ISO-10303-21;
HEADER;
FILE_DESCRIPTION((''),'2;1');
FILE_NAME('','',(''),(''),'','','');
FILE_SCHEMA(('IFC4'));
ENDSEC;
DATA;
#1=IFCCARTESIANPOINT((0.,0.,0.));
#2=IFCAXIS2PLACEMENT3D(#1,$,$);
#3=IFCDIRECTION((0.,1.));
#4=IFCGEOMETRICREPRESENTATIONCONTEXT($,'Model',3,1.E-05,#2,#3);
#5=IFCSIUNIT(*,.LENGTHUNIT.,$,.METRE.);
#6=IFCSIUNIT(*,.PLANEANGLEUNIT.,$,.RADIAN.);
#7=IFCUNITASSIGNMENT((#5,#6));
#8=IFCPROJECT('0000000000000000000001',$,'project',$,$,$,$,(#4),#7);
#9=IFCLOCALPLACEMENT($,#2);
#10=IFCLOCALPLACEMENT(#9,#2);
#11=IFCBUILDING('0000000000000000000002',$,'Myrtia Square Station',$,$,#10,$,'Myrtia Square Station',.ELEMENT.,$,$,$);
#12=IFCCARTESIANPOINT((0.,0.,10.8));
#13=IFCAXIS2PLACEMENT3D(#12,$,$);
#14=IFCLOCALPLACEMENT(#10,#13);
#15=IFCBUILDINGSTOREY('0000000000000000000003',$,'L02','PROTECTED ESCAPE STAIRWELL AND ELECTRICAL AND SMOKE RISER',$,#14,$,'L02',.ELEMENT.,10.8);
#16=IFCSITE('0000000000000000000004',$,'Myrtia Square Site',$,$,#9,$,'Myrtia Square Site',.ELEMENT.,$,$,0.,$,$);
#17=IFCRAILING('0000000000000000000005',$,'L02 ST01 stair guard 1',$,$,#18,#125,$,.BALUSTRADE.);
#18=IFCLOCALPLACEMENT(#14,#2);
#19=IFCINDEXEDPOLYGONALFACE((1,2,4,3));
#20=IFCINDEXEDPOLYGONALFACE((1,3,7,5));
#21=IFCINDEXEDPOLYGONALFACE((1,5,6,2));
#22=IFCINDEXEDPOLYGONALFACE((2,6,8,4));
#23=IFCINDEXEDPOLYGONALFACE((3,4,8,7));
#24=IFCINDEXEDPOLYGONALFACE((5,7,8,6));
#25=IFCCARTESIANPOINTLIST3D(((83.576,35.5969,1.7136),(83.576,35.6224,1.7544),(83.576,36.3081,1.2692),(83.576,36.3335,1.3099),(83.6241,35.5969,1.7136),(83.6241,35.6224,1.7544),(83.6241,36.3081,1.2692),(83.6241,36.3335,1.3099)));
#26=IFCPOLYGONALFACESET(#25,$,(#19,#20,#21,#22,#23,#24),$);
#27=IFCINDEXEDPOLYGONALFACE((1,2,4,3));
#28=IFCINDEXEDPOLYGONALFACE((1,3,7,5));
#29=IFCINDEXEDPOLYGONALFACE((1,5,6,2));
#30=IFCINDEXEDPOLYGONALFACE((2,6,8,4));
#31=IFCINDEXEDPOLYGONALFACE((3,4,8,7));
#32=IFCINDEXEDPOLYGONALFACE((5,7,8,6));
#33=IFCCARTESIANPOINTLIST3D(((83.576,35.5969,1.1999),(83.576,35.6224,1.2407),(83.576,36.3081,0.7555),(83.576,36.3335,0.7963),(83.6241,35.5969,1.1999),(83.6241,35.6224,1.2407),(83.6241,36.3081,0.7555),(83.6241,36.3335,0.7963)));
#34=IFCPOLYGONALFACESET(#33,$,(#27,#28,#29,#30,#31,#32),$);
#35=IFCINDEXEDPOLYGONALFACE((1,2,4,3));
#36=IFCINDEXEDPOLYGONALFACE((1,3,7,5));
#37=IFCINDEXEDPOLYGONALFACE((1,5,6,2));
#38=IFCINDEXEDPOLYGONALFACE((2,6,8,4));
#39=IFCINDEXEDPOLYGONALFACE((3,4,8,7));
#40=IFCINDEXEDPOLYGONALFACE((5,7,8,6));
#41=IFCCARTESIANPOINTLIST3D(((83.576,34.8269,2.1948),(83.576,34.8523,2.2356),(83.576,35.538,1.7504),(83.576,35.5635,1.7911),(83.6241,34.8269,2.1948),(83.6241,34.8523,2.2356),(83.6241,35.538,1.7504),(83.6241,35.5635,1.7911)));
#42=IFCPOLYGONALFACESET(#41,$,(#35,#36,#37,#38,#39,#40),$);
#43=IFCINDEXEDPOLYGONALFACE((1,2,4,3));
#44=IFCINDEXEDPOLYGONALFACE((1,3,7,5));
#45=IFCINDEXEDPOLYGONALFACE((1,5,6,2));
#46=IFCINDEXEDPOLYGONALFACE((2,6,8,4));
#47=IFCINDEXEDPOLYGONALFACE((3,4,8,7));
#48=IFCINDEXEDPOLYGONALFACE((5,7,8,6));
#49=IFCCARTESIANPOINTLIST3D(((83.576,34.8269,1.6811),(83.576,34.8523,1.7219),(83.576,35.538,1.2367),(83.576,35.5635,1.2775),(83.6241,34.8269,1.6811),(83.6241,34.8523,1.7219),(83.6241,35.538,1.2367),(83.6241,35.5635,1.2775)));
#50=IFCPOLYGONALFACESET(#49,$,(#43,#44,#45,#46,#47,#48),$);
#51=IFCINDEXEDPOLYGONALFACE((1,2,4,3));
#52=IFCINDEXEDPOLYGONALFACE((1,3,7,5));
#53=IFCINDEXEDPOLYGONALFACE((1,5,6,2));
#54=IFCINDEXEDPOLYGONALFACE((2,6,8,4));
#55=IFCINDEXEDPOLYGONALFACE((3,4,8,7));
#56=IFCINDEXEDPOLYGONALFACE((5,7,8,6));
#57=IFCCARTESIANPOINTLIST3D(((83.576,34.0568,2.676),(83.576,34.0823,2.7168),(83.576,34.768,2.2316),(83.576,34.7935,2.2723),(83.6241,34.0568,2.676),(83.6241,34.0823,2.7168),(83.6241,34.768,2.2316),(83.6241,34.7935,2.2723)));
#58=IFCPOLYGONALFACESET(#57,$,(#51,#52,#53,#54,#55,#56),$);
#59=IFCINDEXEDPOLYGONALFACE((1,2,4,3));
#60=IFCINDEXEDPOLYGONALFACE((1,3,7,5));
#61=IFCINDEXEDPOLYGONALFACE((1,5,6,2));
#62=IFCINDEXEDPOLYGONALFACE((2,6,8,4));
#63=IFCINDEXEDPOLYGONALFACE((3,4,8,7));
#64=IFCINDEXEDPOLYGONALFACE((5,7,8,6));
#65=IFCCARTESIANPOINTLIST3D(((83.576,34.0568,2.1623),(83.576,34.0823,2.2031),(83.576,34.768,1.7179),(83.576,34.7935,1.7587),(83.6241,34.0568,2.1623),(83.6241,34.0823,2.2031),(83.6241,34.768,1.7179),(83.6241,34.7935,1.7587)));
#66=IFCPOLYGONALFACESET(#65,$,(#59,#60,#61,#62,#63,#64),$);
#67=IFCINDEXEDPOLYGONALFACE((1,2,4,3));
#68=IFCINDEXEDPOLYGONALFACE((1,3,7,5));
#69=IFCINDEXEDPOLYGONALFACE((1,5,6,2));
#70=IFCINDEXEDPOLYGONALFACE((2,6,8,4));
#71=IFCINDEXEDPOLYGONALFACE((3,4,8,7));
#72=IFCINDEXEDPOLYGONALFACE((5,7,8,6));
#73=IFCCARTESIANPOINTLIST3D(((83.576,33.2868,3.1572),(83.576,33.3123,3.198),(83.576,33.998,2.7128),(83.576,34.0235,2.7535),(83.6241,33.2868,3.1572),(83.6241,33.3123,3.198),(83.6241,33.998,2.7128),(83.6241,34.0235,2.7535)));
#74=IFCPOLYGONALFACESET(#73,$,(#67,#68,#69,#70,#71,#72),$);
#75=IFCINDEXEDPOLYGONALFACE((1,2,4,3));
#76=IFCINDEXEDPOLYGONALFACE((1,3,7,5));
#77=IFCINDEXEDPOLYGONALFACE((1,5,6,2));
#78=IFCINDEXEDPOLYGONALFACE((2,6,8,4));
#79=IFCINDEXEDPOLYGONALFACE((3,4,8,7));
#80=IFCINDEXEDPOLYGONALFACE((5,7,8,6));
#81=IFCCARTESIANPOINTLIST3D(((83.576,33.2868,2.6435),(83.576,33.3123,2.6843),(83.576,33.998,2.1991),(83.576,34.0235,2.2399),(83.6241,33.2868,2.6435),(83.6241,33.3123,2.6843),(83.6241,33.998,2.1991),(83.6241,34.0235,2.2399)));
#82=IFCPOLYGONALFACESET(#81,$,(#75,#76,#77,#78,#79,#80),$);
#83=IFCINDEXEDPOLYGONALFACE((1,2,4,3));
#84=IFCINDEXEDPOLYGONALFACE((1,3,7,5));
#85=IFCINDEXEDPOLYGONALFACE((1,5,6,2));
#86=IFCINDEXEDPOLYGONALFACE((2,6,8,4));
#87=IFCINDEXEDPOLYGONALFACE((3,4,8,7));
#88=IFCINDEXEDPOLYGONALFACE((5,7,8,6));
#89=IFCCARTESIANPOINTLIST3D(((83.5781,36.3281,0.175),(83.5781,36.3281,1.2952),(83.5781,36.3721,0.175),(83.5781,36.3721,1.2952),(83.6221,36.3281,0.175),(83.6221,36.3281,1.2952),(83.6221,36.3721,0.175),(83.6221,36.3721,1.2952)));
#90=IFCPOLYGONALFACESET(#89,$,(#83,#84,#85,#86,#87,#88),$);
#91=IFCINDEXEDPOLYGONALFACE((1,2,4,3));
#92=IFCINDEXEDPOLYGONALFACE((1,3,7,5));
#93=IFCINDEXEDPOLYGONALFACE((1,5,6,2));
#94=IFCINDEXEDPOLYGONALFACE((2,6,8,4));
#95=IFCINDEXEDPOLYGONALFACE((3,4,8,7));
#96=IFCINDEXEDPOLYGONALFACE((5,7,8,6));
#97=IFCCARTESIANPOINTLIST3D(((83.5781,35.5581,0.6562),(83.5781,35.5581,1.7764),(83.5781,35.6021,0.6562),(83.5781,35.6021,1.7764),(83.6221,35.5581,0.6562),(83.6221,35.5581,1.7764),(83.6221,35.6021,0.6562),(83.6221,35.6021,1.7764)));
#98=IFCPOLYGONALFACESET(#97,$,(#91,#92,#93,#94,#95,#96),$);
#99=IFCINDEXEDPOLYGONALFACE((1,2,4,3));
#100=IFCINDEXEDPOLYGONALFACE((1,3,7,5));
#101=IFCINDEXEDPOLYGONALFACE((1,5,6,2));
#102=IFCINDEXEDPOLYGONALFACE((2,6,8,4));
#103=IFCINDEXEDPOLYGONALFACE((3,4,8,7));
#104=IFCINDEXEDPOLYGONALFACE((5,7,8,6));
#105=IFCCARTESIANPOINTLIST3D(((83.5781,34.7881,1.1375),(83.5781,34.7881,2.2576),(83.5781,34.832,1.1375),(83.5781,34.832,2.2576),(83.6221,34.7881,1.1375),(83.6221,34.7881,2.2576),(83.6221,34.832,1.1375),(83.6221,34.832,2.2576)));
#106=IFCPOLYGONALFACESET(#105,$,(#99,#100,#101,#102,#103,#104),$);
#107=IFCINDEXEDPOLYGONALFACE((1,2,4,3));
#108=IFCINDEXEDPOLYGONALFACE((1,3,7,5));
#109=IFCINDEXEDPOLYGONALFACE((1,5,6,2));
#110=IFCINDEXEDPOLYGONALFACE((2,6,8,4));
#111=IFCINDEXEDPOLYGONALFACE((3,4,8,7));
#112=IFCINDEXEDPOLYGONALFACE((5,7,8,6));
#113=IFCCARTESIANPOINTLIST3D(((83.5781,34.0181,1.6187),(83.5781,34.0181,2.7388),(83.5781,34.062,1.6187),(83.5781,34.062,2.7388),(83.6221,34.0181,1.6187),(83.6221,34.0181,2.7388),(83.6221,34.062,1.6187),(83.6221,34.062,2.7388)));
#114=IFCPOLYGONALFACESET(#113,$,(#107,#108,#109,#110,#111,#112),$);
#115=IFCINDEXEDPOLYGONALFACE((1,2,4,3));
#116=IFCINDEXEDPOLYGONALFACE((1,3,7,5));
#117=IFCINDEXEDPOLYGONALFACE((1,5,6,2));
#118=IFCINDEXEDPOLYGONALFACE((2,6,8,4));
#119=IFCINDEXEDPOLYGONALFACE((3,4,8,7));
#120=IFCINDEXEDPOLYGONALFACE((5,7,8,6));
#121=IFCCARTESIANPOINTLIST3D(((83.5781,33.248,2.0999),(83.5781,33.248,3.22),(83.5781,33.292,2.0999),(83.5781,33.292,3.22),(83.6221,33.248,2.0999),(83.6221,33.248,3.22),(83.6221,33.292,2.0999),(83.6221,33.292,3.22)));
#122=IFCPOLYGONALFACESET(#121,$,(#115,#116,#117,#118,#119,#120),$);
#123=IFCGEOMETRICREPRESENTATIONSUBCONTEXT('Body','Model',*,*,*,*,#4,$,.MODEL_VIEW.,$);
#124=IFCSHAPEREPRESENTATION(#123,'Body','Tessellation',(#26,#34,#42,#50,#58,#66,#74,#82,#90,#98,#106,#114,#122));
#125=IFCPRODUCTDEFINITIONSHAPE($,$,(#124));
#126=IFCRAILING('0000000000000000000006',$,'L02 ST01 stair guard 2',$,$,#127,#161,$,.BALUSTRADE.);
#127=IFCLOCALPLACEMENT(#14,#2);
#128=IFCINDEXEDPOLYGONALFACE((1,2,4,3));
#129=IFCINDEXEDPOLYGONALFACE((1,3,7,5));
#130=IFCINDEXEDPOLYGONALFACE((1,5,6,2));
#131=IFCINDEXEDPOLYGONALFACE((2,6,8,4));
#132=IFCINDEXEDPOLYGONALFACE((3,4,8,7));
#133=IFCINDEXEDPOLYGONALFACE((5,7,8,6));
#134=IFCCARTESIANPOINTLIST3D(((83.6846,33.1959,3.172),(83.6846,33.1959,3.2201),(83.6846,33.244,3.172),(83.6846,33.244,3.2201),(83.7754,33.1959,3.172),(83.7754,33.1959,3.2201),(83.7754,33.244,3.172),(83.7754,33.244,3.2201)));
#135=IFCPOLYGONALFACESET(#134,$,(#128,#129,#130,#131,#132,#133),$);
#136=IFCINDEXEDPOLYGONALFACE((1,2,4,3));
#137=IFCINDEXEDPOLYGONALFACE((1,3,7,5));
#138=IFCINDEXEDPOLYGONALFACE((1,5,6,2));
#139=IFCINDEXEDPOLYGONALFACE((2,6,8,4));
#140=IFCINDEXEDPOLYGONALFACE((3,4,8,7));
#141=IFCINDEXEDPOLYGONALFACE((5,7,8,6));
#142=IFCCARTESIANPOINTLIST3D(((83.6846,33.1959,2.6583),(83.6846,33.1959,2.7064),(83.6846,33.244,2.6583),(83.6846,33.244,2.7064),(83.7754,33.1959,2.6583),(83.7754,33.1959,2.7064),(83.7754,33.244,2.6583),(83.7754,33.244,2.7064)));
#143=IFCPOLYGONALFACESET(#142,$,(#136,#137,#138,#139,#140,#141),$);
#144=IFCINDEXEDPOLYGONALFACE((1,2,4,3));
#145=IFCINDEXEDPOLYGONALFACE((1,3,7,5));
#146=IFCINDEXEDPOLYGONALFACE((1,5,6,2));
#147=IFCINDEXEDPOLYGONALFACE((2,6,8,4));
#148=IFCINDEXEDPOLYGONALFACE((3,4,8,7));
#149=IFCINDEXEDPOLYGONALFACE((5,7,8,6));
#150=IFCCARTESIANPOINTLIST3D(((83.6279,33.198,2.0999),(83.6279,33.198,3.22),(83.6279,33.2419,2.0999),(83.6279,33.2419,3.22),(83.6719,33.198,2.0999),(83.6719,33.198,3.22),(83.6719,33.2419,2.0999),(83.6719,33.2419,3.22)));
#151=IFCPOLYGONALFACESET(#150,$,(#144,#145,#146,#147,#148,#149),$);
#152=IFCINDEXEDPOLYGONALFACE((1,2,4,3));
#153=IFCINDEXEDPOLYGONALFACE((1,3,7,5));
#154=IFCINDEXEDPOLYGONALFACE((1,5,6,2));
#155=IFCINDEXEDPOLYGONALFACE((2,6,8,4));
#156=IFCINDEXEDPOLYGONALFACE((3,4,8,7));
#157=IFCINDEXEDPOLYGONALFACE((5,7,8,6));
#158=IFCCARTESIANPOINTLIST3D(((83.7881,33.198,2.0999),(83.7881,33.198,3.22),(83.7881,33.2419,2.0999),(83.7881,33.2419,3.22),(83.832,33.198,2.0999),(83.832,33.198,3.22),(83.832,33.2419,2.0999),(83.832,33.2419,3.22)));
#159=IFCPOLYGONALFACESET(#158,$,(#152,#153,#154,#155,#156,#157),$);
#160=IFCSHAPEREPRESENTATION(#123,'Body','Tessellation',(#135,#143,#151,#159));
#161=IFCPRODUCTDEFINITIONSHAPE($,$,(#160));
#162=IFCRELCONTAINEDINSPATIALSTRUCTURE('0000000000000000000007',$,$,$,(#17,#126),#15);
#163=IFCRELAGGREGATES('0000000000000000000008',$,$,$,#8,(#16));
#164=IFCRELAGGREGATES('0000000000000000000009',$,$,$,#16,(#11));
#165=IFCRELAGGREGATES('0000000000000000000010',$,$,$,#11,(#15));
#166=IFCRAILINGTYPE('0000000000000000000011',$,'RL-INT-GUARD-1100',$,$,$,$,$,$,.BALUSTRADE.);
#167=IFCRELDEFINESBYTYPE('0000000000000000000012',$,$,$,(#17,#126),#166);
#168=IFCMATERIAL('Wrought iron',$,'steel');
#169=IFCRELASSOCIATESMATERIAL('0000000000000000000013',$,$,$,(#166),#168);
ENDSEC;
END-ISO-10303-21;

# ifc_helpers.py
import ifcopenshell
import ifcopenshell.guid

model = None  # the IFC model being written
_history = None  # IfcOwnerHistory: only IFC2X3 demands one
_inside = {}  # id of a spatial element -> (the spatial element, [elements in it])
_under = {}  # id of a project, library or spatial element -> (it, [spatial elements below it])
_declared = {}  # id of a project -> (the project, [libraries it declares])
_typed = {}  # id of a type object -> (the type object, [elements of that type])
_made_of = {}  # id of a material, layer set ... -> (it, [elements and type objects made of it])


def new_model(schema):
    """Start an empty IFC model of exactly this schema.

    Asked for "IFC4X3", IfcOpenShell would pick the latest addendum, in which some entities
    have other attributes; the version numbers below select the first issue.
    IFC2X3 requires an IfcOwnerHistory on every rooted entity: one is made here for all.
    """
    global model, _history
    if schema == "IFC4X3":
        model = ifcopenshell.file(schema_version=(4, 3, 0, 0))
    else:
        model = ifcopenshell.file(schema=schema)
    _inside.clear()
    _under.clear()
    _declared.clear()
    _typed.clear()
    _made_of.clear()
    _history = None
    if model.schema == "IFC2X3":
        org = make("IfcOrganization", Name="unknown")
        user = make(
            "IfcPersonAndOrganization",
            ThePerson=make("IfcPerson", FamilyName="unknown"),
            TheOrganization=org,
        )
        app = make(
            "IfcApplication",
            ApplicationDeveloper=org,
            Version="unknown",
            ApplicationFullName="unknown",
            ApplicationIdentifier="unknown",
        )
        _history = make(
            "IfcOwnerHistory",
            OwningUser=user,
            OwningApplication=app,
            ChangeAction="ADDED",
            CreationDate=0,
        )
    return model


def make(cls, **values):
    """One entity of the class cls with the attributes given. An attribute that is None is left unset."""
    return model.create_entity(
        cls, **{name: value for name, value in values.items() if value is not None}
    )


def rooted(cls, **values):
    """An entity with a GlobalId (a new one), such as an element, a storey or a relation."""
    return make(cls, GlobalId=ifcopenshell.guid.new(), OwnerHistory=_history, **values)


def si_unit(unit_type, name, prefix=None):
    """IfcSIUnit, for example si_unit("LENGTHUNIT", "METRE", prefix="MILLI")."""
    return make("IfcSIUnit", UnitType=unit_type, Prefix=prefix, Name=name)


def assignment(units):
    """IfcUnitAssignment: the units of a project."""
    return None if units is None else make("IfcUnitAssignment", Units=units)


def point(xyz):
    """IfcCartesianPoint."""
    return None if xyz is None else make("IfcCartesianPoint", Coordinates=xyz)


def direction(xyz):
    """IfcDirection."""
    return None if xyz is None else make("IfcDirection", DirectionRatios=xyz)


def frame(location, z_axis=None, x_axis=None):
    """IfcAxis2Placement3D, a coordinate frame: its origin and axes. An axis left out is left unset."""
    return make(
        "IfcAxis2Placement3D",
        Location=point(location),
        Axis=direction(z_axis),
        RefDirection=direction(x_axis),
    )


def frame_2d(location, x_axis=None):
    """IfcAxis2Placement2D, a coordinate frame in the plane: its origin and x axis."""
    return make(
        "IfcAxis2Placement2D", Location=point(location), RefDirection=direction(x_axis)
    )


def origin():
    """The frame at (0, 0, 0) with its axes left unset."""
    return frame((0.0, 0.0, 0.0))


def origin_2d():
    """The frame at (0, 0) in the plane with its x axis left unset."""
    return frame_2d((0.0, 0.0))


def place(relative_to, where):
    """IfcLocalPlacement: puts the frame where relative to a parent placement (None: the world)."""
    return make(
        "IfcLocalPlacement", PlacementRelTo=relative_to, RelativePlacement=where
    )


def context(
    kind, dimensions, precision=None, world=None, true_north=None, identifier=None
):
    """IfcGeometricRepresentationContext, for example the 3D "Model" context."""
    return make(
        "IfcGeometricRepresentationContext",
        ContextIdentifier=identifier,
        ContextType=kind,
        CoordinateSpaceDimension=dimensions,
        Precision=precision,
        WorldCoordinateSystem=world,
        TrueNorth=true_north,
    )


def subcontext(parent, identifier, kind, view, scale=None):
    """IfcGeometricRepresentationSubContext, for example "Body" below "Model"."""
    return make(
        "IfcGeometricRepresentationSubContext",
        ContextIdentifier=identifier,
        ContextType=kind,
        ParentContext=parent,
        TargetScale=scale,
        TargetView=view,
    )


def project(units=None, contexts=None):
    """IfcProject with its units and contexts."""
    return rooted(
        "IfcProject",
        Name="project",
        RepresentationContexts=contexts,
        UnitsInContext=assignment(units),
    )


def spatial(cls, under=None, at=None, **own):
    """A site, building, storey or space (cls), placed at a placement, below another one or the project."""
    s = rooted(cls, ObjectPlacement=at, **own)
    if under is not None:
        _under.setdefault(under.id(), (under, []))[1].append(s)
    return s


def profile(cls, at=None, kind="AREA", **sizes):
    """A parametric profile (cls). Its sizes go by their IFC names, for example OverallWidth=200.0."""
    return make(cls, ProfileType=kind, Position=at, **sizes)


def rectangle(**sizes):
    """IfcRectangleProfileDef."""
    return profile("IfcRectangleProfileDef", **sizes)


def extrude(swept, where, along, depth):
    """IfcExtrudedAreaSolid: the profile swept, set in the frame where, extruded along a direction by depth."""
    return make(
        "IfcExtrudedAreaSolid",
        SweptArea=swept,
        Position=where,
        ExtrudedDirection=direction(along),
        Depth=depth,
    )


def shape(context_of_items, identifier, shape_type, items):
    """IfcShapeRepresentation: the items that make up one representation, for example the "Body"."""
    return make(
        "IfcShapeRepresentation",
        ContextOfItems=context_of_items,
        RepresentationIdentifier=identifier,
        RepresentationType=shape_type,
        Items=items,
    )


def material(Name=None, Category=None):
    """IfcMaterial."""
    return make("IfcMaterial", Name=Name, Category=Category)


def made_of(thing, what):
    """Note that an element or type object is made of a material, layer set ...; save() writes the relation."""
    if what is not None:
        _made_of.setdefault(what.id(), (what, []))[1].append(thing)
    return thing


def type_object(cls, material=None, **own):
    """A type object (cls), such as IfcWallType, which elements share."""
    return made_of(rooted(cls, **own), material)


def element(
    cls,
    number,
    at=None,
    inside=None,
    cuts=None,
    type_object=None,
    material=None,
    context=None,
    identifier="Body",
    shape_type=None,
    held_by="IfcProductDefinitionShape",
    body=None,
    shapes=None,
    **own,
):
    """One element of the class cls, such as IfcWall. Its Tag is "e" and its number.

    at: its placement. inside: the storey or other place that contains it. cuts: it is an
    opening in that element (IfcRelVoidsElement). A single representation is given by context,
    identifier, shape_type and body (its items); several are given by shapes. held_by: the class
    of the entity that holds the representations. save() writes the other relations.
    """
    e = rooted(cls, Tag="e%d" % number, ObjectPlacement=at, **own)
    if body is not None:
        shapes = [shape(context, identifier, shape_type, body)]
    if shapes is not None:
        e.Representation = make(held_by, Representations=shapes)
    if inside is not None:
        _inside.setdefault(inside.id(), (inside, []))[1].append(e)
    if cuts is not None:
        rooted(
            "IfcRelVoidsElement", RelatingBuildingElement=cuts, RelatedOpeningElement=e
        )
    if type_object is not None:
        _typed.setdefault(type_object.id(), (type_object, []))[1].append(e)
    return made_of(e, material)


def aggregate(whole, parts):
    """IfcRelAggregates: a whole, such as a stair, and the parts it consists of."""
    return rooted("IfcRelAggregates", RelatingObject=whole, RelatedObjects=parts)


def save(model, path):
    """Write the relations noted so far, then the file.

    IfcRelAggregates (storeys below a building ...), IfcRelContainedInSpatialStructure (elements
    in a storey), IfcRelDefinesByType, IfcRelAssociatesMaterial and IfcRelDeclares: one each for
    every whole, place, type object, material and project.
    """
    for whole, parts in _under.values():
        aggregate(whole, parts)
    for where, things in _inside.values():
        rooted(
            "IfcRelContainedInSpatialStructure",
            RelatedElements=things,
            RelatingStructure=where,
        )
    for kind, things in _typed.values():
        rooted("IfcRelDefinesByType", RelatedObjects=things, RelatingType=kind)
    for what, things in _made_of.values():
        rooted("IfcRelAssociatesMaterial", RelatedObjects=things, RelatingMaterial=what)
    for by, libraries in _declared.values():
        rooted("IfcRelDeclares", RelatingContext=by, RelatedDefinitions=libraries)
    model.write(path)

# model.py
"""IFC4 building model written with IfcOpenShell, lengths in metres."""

from ifc_helpers import new_model, si_unit, direction, frame, origin, origin_2d, place, context, subcontext, project, spatial, rectangle, extrude, material, type_object, element, save


model = new_model("IFC4")

# Units and contexts
model_context = context("Model", 3, precision=1e-05, world=origin(), true_north=direction((0.0, 1.0)))
body_context = subcontext(model_context, "Body", "Model", "MODEL_VIEW")
ifc_project = project(units=[si_unit("LENGTHUNIT", "METRE"), si_unit("PLANEANGLEUNIT", "RADIAN")], contexts=[model_context])

# Site, building, storey
site_placement = place(None, origin())
site = spatial("IfcSite", under=ifc_project, at=site_placement, Name="Myrtia Square Site", LongName="Myrtia Square Site", CompositionType="ELEMENT", RefElevation=0.0)
building_placement = place(site_placement, origin())
building = spatial("IfcBuilding", under=site, at=building_placement, Name="Myrtia Square Station", LongName="Myrtia Square Station", CompositionType="ELEMENT")
storey_placement = place(building_placement, frame((0.0, 0.0, 10.8)))
storey = spatial("IfcBuildingStorey", under=building, at=storey_placement, Name="L02", Description="PROTECTED ESCAPE STAIRWELL AND ELECTRICAL AND SMOKE RISER", LongName="L02", CompositionType="ELEMENT", Elevation=10.8)

# Railings
ifc_material_1 = material(Name="Wrought iron", Category="steel")
railing_type_1 = type_object("IfcRailingType", Name="RL-INT-GUARD-1100", PredefinedType="BALUSTRADE", material=ifc_material_1)
railing_1_placement = place(storey_placement, frame((83.6001, 36.3501, 0.175)))
element("IfcRailing", 1, at=railing_1_placement, inside=storey, type_object=railing_type_1, Name="L02 ST01 stair guard 1", PredefinedType="BALUSTRADE", context=body_context, shape_type="SweptSolid", body=[
    extrude(rectangle(XDim=0.0481, YDim=0.0481, at=origin_2d()), frame((0.0, -0.0293, 1.1145), z_axis=(0.0, -0.848029, 0.529951), x_axis=(1.0, 0.0, 0.0)), (0.0, 0.0, 1.0), 0.8386),
    extrude(rectangle(XDim=0.0481, YDim=0.0481, at=origin_2d()), frame((0.0, -0.0293, 0.6008), z_axis=(0.0, -0.848029, 0.529951), x_axis=(1.0, 0.0, 0.0)), (0.0, 0.0, 1.0), 0.8386),
    extrude(rectangle(XDim=0.0481, YDim=0.0481, at=origin_2d()), frame((0.0, -0.7993, 1.5957), z_axis=(0.0, -0.848029, 0.529951), x_axis=(1.0, 0.0, 0.0)), (0.0, 0.0, 1.0), 0.8386),
    extrude(rectangle(XDim=0.0481, YDim=0.0481, at=origin_2d()), frame((0.0, -0.7993, 1.082), z_axis=(0.0, -0.848029, 0.529951), x_axis=(1.0, 0.0, 0.0)), (0.0, 0.0, 1.0), 0.8386),
    extrude(rectangle(XDim=0.0481, YDim=0.0481, at=origin_2d()), frame((0.0, -1.5693, 2.0769), z_axis=(0.0, -0.848029, 0.529951), x_axis=(1.0, 0.0, 0.0)), (0.0, 0.0, 1.0), 0.8386),
    extrude(rectangle(XDim=0.0481, YDim=0.0481, at=origin_2d()), frame((0.0, -1.5693, 1.5632), z_axis=(0.0, -0.848029, 0.529951), x_axis=(1.0, 0.0, 0.0)), (0.0, 0.0, 1.0), 0.8386),
    extrude(rectangle(XDim=0.0481, YDim=0.0481, at=origin_2d()), frame((0.0, -2.3394, 2.5581), z_axis=(0.0, -0.848029, 0.529951), x_axis=(1.0, 0.0, 0.0)), (0.0, 0.0, 1.0), 0.8386),
    extrude(rectangle(XDim=0.0481, YDim=0.0481, at=origin_2d()), frame((0.0, -2.3394, 2.0444), z_axis=(0.0, -0.848029, 0.529951), x_axis=(1.0, 0.0, 0.0)), (0.0, 0.0, 1.0), 0.8386),
    extrude(rectangle(XDim=0.0439, YDim=0.0439, at=origin_2d()), origin(), (0.0, 0.0, 1.0), 1.1201),
    extrude(rectangle(XDim=0.0439, YDim=0.0439, at=origin_2d()), frame((0.0, -0.77, 0.4812)), (0.0, 0.0, 1.0), 1.1201),
    extrude(rectangle(XDim=0.0439, YDim=0.0439, at=origin_2d()), frame((0.0, -1.54, 0.9624)), (0.0, 0.0, 1.0), 1.1201),
    extrude(rectangle(XDim=0.0439, YDim=0.0439, at=origin_2d()), frame((0.0, -2.3101, 1.4436)), (0.0, 0.0, 1.0), 1.1201),
    extrude(rectangle(XDim=0.0439, YDim=0.0439, at=origin_2d()), frame((0.0, -3.0801, 1.9248)), (0.0, 0.0, 1.0), 1.1201),
])
railing_2_placement = place(storey_placement, frame((83.6499, 33.22, 2.0999)))
element("IfcRailing", 2, at=railing_2_placement, inside=storey, type_object=railing_type_1, Name="L02 ST01 stair guard 2", PredefinedType="BALUSTRADE", context=body_context, shape_type="SweptSolid", body=[
    extrude(rectangle(XDim=0.0481, YDim=0.0481, at=origin_2d()), frame((0.0347, 0.0, 1.0962), z_axis=(1.0, 0.0, 0.0), x_axis=(0.0, 1.0, 0.0)), (0.0, 0.0, 1.0), 0.0908),
    extrude(rectangle(XDim=0.0481, YDim=0.0481, at=origin_2d()), frame((0.0347, 0.0, 0.5825), z_axis=(1.0, 0.0, 0.0), x_axis=(0.0, 1.0, 0.0)), (0.0, 0.0, 1.0), 0.0908),
    extrude(rectangle(XDim=0.0439, YDim=0.0439, at=origin_2d()), origin(), (0.0, 0.0, 1.0), 1.1201),
    extrude(rectangle(XDim=0.0439, YDim=0.0439, at=origin_2d()), frame((0.1602, 0.0, 0.0)), (0.0, 0.0, 1.0), 1.1201),
])

save(model, "model.ifc")
